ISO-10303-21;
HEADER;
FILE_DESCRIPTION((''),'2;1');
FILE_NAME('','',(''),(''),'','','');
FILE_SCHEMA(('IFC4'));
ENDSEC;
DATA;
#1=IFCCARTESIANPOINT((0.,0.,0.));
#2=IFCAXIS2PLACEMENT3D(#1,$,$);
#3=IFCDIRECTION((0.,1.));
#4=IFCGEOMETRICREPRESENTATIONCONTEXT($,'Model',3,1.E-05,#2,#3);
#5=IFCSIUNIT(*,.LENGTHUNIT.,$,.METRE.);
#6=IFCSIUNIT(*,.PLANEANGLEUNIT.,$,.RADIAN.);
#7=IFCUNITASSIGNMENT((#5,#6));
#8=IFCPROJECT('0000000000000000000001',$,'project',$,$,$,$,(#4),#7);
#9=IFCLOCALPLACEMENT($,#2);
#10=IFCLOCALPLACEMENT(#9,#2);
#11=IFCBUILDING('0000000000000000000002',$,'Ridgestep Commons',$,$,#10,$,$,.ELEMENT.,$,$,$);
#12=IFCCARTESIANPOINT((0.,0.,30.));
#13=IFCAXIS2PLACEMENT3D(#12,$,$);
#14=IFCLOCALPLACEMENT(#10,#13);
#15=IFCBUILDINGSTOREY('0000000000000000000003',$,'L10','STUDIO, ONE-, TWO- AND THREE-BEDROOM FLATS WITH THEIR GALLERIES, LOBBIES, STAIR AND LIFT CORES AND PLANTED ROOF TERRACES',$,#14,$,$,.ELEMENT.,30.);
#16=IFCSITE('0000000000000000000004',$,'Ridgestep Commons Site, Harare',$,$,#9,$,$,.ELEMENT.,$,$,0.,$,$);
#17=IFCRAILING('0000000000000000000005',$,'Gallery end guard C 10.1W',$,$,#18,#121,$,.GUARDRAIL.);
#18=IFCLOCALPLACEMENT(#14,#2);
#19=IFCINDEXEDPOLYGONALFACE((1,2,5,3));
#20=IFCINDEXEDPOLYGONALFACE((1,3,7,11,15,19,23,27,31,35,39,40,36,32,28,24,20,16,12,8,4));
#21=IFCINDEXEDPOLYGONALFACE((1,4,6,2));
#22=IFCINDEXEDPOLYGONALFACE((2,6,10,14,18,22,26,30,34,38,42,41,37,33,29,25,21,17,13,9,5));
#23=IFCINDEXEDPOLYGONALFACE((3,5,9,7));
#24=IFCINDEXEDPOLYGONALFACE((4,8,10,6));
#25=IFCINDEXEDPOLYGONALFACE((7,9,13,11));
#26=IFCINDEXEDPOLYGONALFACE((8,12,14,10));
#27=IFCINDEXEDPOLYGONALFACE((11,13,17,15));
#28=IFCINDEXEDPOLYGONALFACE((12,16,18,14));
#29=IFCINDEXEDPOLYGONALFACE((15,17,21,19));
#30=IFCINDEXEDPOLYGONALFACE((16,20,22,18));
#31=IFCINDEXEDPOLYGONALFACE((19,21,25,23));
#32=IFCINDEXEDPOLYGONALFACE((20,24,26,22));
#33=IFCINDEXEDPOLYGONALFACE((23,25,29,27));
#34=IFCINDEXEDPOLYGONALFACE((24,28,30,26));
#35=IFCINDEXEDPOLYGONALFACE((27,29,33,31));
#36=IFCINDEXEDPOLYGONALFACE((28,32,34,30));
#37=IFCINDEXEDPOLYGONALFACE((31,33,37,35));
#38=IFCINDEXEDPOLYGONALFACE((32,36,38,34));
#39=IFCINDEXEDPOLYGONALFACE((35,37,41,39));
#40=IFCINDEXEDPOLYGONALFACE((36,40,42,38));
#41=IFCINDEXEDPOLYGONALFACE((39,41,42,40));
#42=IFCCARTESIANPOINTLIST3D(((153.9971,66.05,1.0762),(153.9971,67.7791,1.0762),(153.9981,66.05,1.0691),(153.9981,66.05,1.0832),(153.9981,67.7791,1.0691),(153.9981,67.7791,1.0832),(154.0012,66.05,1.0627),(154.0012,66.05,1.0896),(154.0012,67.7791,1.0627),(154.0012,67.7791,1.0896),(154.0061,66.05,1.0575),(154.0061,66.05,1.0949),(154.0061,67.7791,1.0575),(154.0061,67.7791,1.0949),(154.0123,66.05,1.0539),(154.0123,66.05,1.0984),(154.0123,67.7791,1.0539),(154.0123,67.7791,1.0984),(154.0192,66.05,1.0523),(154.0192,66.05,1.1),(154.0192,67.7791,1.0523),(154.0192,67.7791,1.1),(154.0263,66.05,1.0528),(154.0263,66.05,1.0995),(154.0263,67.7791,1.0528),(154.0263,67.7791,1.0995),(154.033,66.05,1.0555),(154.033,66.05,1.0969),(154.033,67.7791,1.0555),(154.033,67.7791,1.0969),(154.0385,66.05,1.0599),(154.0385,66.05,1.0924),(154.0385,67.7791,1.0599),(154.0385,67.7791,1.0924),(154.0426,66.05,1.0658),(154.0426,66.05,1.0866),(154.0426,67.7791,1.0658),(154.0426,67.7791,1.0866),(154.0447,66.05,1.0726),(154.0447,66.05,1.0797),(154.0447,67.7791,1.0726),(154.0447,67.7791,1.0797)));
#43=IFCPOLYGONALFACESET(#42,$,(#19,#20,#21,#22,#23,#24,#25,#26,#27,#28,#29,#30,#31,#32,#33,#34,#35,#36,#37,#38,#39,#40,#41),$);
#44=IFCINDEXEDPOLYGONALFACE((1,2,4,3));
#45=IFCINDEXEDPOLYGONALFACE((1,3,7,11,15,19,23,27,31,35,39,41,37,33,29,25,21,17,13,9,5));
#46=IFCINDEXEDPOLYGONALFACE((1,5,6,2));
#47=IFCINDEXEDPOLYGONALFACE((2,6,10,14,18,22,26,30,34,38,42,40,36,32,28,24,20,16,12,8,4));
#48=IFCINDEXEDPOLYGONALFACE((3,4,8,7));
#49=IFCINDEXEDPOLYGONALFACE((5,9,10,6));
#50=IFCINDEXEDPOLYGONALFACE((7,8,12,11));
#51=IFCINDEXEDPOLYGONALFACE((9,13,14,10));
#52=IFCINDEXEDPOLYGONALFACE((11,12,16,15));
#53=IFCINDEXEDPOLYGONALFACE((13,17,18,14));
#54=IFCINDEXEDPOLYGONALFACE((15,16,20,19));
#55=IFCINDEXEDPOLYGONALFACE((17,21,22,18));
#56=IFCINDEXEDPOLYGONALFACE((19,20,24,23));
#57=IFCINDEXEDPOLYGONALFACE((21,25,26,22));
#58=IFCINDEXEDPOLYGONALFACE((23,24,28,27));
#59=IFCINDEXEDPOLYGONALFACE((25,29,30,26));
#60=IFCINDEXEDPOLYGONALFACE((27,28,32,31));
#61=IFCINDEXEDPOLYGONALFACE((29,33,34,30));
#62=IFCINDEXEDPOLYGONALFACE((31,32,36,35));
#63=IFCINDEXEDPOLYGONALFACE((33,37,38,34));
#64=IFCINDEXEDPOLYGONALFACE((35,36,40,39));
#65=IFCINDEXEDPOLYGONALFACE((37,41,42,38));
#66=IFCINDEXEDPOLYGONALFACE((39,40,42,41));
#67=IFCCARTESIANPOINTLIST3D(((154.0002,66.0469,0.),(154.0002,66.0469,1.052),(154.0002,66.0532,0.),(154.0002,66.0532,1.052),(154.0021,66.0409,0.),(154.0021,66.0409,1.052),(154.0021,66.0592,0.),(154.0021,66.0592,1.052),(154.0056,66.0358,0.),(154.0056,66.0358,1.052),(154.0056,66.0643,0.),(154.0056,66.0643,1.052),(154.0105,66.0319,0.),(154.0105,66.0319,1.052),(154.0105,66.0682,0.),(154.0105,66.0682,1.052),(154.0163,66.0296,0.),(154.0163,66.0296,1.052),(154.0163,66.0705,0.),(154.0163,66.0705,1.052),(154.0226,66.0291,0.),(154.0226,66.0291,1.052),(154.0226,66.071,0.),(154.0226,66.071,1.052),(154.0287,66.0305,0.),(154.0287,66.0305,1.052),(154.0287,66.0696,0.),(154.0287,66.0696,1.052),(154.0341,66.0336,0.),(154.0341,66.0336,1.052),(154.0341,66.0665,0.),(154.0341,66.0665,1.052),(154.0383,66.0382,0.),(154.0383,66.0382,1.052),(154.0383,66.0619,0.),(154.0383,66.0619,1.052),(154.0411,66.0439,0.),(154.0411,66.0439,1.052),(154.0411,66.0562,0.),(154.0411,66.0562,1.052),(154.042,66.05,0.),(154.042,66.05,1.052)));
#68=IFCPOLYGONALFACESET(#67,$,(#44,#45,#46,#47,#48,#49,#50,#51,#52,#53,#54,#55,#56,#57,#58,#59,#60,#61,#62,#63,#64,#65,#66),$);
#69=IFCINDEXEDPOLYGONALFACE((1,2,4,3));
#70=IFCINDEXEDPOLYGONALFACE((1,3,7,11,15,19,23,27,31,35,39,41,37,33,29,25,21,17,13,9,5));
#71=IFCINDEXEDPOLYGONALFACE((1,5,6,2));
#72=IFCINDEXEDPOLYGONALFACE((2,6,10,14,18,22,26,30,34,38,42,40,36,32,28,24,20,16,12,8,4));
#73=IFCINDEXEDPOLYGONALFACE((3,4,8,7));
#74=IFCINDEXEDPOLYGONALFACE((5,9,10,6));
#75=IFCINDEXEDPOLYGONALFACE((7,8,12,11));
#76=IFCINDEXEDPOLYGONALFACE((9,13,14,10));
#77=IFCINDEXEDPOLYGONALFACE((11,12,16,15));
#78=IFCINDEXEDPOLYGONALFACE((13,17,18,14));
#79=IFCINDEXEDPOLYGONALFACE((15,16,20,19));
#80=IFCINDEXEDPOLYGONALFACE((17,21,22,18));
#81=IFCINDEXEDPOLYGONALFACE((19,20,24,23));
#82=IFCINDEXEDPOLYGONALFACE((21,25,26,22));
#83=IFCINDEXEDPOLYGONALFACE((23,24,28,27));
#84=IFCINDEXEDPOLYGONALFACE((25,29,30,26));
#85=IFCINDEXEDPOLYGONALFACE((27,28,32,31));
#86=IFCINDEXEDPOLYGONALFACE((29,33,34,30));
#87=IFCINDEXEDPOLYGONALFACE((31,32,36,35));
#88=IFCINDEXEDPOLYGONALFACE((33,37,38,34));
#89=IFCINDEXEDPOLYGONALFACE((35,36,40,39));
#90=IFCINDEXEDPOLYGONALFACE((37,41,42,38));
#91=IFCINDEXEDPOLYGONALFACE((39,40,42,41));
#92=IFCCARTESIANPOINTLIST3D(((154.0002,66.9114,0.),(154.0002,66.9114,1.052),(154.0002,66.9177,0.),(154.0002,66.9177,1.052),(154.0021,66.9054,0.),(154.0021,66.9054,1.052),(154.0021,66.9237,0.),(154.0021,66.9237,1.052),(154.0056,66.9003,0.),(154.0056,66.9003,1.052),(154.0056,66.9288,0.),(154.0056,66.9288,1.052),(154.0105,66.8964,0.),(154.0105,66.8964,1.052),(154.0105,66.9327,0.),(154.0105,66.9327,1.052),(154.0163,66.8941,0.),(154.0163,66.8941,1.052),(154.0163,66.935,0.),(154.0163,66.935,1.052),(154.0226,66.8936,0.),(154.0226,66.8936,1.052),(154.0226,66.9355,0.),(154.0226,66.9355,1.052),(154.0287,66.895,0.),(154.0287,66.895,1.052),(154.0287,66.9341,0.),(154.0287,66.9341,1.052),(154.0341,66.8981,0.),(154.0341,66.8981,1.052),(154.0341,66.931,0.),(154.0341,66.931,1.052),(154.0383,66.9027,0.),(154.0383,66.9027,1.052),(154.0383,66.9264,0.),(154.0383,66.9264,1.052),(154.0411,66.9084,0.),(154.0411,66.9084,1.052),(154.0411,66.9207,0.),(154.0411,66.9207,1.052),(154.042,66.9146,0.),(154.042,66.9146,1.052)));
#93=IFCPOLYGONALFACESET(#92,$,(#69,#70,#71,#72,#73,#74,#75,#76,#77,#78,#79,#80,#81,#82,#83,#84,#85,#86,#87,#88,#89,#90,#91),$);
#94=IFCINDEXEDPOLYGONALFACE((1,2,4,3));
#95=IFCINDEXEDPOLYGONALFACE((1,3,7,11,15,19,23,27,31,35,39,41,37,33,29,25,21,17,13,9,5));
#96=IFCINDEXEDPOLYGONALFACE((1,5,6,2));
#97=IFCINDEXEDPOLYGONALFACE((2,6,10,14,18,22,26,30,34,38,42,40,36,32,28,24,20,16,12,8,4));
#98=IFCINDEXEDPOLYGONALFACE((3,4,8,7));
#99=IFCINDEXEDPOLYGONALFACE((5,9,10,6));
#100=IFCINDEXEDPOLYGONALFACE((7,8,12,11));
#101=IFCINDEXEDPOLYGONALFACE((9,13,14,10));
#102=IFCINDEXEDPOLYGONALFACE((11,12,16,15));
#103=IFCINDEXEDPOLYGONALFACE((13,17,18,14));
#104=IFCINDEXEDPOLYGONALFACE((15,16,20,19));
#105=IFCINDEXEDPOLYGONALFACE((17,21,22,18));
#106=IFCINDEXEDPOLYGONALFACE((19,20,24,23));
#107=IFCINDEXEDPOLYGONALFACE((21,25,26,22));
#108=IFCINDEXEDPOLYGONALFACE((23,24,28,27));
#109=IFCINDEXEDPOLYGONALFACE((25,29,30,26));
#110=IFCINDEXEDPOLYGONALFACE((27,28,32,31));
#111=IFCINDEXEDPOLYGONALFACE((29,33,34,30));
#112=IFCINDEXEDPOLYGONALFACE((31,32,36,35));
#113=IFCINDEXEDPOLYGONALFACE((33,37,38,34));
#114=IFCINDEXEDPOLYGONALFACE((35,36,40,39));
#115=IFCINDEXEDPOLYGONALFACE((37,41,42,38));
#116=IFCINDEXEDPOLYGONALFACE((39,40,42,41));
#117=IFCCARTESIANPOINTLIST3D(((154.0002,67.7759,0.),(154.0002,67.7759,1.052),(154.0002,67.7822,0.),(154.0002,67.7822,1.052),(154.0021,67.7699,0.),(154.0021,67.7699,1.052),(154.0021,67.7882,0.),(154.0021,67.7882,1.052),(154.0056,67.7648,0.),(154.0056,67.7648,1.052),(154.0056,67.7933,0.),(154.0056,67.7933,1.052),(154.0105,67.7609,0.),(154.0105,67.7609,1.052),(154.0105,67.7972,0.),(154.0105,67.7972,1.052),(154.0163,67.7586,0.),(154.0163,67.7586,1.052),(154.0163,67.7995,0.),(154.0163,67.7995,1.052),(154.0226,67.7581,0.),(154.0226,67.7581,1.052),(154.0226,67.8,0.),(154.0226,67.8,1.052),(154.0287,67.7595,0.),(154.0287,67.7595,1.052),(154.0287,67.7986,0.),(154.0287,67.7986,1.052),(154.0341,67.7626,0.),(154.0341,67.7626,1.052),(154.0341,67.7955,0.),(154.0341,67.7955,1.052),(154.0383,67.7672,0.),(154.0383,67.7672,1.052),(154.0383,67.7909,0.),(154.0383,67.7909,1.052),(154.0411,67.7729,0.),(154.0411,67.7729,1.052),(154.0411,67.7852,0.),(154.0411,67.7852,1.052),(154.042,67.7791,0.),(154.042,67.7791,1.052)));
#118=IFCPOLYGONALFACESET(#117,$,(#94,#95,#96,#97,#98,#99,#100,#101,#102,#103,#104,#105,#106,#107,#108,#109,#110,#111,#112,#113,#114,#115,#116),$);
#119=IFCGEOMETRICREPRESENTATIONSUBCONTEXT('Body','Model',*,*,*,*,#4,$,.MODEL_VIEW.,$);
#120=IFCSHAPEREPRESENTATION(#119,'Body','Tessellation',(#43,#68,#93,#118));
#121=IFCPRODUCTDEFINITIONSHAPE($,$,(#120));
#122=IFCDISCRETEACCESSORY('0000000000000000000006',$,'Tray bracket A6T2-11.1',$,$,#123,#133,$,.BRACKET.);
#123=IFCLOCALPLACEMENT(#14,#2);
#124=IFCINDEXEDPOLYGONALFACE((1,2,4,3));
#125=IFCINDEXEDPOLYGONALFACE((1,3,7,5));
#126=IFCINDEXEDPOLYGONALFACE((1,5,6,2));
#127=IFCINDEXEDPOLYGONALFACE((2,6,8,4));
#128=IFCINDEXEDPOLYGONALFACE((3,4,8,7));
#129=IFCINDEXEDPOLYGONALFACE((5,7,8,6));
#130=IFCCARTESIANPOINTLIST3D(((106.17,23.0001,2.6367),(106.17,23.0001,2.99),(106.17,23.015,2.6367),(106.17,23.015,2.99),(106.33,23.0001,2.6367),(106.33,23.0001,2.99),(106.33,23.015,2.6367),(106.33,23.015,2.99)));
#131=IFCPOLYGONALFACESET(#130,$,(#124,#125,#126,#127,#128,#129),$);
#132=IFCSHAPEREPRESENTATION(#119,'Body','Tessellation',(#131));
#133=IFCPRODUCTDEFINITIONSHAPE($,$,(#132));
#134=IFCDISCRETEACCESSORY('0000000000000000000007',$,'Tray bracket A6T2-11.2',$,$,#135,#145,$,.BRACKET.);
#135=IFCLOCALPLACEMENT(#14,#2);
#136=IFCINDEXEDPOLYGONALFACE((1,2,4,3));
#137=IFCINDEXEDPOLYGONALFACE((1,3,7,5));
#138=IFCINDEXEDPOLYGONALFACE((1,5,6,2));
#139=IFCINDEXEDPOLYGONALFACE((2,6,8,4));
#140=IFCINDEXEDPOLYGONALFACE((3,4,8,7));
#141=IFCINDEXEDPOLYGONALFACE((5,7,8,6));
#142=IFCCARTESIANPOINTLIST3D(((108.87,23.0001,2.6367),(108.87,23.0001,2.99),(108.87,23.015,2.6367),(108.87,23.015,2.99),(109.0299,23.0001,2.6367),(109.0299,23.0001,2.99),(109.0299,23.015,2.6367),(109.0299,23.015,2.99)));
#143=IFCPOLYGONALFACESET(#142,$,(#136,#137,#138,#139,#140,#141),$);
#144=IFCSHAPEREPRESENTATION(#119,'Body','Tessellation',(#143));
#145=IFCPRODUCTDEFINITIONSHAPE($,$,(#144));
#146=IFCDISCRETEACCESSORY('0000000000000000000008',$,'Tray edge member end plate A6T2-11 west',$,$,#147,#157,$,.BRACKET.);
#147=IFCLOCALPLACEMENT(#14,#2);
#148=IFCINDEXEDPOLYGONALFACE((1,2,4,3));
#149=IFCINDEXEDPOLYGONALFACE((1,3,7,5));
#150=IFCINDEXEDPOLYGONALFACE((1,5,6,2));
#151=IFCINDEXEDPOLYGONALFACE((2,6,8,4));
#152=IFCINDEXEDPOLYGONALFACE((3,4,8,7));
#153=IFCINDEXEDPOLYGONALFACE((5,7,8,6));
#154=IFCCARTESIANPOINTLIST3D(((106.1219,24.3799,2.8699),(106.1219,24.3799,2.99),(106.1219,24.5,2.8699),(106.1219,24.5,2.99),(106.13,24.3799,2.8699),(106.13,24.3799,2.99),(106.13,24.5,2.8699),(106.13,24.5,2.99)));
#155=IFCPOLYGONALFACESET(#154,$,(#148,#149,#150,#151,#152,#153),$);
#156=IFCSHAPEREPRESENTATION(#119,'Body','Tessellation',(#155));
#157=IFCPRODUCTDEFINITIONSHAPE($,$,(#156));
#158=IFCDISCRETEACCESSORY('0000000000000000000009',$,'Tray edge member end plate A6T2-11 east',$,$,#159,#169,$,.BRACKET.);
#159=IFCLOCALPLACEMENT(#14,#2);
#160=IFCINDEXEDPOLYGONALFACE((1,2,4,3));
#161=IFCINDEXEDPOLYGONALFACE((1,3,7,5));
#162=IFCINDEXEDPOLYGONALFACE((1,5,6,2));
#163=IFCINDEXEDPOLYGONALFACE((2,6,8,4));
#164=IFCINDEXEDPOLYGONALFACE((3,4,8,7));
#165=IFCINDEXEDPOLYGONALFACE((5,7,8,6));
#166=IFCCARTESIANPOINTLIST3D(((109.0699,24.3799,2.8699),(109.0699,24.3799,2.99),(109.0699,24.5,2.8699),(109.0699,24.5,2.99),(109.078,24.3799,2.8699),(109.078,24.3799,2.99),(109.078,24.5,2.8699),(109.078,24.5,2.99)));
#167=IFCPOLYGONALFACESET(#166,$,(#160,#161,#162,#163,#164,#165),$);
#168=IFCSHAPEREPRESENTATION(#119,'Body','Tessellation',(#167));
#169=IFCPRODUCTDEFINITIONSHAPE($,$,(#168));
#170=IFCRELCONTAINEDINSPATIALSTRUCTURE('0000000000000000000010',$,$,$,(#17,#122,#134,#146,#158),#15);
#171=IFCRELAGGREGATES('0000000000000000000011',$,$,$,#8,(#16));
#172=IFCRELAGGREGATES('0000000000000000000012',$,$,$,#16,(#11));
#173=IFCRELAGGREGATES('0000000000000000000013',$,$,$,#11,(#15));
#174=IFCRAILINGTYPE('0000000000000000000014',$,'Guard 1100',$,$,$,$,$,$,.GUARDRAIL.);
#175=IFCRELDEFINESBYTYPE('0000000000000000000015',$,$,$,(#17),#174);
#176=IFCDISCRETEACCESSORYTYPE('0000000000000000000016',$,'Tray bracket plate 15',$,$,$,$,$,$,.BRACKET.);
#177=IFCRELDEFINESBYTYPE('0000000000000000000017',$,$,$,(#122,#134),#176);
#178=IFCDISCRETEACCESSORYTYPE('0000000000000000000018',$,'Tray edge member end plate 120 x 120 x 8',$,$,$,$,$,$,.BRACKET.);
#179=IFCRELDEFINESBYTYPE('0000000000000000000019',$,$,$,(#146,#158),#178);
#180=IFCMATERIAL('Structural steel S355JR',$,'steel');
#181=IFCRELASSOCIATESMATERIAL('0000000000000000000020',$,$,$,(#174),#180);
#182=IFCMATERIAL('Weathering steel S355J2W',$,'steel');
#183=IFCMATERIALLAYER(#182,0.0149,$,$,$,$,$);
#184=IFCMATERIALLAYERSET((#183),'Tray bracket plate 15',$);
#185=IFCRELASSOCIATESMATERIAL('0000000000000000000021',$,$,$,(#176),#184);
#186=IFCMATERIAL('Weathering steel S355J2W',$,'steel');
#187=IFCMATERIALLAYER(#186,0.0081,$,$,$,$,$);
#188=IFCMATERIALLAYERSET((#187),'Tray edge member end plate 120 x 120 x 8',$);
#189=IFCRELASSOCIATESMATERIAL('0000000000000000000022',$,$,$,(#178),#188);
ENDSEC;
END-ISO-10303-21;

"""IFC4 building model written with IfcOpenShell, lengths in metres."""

from ifc_helpers import new_model, si_unit, direction, frame, origin, origin_2d, place, context, subcontext, project, spatial, rectangle, circle, extrude, material, layer, layer_set, type_object, element, save


model = new_model("IFC4")

# Units and contexts
model_context = context("Model", 3, precision=1e-05, world=origin(), true_north=direction((0.0, 1.0)))
body_context = subcontext(model_context, "Body", "Model", "MODEL_VIEW")
ifc_project = project(units=[si_unit("LENGTHUNIT", "METRE"), si_unit("PLANEANGLEUNIT", "RADIAN")], contexts=[model_context])

# Site, building, storey
site_placement = place(None, origin())
site = spatial("IfcSite", under=ifc_project, at=site_placement, Name="Ridgestep Commons Site, Harare", CompositionType="ELEMENT", RefElevation=0.0)
building_placement = place(site_placement, origin())
building = spatial("IfcBuilding", under=site, at=building_placement, Name="Ridgestep Commons", CompositionType="ELEMENT")
storey_placement = place(building_placement, frame((0.0, 0.0, 30.0)))
storey = spatial("IfcBuildingStorey", under=building, at=storey_placement, Name="L10", Description="STUDIO, ONE-, TWO- AND THREE-BEDROOM FLATS WITH THEIR GALLERIES, LOBBIES, STAIR AND LIFT CORES AND PLANTED ROOF TERRACES", CompositionType="ELEMENT", Elevation=30.0)

# Railing
ifc_material_1 = material(Name="Structural steel S355JR", Category="steel")
railing_type = type_object("IfcRailingType", Name="Guard 1100", PredefinedType="GUARDRAIL", material=ifc_material_1)
railing_1_placement = place(storey_placement, frame((154.021, 66.05, 0.0)))
element("IfcRailing", 1, at=railing_1_placement, inside=storey, type_object=railing_type, Name="Gallery end guard C 10.1W", PredefinedType="GUARDRAIL", context=body_context, shape_type="SweptSolid", body=[
    extrude(circle(Radius=0.0239, at=origin_2d()), frame((0.0, 0.0, 1.0762), z_axis=(0.0, 1.0, 0.0), x_axis=(-1.0, 0.0, 0.0)), (0.0, 0.0, 1.0), 1.729),
    extrude(circle(Radius=0.021, at=origin_2d()), origin(), (0.0, 0.0, 1.0), 1.052),
    extrude(circle(Radius=0.021, at=origin_2d()), frame((0.0, 0.8645, 0.0)), (0.0, 0.0, 1.0), 1.052),
    extrude(circle(Radius=0.021, at=origin_2d()), frame((0.0, 1.729, 0.0)), (0.0, 0.0, 1.0), 1.052),
])

# Discrete accessories
ifc_material_2 = material(Name="Weathering steel S355J2W", Category="steel")
ifc_layer_1 = layer(ifc_material_2, 0.0149)
ifc_layer_set_1 = layer_set([ifc_layer_1], Name="Tray bracket plate 15")
discrete_accessory_type_1 = type_object("IfcDiscreteAccessoryType", Name="Tray bracket plate 15", PredefinedType="BRACKET", material=ifc_layer_set_1)
for number, where, z_axis, x_axis, name in (
    (2, (106.25, 23.0076, 2.6367), (0.0, 0.0, 1.0), (1.0, 0.0, 0.0), "Tray bracket A6T2-11.1"),
    (3, (108.95, 23.0076, 2.6367), (0.0, 0.0, 1.0), (1.0, 0.0, 0.0), "Tray bracket A6T2-11.2"),
):
    element("IfcDiscreteAccessory", number, at=place(storey_placement, frame(where, z_axis=z_axis, x_axis=x_axis)), inside=storey, type_object=discrete_accessory_type_1, Name=name, PredefinedType="BRACKET", context=body_context, shape_type="SweptSolid", body=[
        extrude(rectangle(XDim=0.1599, YDim=0.0149, at=origin_2d()), origin(), (0.0, 0.0, 1.0), 0.3533),
    ])
ifc_material_3 = material(Name="Weathering steel S355J2W", Category="steel")
ifc_layer_2 = layer(ifc_material_3, 0.0081)
ifc_layer_set_2 = layer_set([ifc_layer_2], Name="Tray edge member end plate 120 x 120 x 8")
discrete_accessory_type_2 = type_object("IfcDiscreteAccessoryType", Name="Tray edge member end plate 120 x 120 x 8", PredefinedType="BRACKET", material=ifc_layer_set_2)
for number, where, z_axis, x_axis, name in (
    (4, (106.126, 24.4399, 2.8699), (0.0, 0.0, 1.0), (1.0, 0.0, 0.0), "Tray edge member end plate A6T2-11 west"),
    (5, (109.074, 24.4399, 2.8699), (0.0, 0.0, 1.0), (1.0, 0.0, 0.0), "Tray edge member end plate A6T2-11 east"),
):
    element("IfcDiscreteAccessory", number, at=place(storey_placement, frame(where, z_axis=z_axis, x_axis=x_axis)), inside=storey, type_object=discrete_accessory_type_2, Name=name, PredefinedType="BRACKET", context=body_context, shape_type="SweptSolid", body=[
        extrude(rectangle(XDim=0.0081, YDim=0.1201, at=origin_2d()), origin(), (0.0, 0.0, 1.0), 0.1201),
    ])

save(model, "model.ifc")
